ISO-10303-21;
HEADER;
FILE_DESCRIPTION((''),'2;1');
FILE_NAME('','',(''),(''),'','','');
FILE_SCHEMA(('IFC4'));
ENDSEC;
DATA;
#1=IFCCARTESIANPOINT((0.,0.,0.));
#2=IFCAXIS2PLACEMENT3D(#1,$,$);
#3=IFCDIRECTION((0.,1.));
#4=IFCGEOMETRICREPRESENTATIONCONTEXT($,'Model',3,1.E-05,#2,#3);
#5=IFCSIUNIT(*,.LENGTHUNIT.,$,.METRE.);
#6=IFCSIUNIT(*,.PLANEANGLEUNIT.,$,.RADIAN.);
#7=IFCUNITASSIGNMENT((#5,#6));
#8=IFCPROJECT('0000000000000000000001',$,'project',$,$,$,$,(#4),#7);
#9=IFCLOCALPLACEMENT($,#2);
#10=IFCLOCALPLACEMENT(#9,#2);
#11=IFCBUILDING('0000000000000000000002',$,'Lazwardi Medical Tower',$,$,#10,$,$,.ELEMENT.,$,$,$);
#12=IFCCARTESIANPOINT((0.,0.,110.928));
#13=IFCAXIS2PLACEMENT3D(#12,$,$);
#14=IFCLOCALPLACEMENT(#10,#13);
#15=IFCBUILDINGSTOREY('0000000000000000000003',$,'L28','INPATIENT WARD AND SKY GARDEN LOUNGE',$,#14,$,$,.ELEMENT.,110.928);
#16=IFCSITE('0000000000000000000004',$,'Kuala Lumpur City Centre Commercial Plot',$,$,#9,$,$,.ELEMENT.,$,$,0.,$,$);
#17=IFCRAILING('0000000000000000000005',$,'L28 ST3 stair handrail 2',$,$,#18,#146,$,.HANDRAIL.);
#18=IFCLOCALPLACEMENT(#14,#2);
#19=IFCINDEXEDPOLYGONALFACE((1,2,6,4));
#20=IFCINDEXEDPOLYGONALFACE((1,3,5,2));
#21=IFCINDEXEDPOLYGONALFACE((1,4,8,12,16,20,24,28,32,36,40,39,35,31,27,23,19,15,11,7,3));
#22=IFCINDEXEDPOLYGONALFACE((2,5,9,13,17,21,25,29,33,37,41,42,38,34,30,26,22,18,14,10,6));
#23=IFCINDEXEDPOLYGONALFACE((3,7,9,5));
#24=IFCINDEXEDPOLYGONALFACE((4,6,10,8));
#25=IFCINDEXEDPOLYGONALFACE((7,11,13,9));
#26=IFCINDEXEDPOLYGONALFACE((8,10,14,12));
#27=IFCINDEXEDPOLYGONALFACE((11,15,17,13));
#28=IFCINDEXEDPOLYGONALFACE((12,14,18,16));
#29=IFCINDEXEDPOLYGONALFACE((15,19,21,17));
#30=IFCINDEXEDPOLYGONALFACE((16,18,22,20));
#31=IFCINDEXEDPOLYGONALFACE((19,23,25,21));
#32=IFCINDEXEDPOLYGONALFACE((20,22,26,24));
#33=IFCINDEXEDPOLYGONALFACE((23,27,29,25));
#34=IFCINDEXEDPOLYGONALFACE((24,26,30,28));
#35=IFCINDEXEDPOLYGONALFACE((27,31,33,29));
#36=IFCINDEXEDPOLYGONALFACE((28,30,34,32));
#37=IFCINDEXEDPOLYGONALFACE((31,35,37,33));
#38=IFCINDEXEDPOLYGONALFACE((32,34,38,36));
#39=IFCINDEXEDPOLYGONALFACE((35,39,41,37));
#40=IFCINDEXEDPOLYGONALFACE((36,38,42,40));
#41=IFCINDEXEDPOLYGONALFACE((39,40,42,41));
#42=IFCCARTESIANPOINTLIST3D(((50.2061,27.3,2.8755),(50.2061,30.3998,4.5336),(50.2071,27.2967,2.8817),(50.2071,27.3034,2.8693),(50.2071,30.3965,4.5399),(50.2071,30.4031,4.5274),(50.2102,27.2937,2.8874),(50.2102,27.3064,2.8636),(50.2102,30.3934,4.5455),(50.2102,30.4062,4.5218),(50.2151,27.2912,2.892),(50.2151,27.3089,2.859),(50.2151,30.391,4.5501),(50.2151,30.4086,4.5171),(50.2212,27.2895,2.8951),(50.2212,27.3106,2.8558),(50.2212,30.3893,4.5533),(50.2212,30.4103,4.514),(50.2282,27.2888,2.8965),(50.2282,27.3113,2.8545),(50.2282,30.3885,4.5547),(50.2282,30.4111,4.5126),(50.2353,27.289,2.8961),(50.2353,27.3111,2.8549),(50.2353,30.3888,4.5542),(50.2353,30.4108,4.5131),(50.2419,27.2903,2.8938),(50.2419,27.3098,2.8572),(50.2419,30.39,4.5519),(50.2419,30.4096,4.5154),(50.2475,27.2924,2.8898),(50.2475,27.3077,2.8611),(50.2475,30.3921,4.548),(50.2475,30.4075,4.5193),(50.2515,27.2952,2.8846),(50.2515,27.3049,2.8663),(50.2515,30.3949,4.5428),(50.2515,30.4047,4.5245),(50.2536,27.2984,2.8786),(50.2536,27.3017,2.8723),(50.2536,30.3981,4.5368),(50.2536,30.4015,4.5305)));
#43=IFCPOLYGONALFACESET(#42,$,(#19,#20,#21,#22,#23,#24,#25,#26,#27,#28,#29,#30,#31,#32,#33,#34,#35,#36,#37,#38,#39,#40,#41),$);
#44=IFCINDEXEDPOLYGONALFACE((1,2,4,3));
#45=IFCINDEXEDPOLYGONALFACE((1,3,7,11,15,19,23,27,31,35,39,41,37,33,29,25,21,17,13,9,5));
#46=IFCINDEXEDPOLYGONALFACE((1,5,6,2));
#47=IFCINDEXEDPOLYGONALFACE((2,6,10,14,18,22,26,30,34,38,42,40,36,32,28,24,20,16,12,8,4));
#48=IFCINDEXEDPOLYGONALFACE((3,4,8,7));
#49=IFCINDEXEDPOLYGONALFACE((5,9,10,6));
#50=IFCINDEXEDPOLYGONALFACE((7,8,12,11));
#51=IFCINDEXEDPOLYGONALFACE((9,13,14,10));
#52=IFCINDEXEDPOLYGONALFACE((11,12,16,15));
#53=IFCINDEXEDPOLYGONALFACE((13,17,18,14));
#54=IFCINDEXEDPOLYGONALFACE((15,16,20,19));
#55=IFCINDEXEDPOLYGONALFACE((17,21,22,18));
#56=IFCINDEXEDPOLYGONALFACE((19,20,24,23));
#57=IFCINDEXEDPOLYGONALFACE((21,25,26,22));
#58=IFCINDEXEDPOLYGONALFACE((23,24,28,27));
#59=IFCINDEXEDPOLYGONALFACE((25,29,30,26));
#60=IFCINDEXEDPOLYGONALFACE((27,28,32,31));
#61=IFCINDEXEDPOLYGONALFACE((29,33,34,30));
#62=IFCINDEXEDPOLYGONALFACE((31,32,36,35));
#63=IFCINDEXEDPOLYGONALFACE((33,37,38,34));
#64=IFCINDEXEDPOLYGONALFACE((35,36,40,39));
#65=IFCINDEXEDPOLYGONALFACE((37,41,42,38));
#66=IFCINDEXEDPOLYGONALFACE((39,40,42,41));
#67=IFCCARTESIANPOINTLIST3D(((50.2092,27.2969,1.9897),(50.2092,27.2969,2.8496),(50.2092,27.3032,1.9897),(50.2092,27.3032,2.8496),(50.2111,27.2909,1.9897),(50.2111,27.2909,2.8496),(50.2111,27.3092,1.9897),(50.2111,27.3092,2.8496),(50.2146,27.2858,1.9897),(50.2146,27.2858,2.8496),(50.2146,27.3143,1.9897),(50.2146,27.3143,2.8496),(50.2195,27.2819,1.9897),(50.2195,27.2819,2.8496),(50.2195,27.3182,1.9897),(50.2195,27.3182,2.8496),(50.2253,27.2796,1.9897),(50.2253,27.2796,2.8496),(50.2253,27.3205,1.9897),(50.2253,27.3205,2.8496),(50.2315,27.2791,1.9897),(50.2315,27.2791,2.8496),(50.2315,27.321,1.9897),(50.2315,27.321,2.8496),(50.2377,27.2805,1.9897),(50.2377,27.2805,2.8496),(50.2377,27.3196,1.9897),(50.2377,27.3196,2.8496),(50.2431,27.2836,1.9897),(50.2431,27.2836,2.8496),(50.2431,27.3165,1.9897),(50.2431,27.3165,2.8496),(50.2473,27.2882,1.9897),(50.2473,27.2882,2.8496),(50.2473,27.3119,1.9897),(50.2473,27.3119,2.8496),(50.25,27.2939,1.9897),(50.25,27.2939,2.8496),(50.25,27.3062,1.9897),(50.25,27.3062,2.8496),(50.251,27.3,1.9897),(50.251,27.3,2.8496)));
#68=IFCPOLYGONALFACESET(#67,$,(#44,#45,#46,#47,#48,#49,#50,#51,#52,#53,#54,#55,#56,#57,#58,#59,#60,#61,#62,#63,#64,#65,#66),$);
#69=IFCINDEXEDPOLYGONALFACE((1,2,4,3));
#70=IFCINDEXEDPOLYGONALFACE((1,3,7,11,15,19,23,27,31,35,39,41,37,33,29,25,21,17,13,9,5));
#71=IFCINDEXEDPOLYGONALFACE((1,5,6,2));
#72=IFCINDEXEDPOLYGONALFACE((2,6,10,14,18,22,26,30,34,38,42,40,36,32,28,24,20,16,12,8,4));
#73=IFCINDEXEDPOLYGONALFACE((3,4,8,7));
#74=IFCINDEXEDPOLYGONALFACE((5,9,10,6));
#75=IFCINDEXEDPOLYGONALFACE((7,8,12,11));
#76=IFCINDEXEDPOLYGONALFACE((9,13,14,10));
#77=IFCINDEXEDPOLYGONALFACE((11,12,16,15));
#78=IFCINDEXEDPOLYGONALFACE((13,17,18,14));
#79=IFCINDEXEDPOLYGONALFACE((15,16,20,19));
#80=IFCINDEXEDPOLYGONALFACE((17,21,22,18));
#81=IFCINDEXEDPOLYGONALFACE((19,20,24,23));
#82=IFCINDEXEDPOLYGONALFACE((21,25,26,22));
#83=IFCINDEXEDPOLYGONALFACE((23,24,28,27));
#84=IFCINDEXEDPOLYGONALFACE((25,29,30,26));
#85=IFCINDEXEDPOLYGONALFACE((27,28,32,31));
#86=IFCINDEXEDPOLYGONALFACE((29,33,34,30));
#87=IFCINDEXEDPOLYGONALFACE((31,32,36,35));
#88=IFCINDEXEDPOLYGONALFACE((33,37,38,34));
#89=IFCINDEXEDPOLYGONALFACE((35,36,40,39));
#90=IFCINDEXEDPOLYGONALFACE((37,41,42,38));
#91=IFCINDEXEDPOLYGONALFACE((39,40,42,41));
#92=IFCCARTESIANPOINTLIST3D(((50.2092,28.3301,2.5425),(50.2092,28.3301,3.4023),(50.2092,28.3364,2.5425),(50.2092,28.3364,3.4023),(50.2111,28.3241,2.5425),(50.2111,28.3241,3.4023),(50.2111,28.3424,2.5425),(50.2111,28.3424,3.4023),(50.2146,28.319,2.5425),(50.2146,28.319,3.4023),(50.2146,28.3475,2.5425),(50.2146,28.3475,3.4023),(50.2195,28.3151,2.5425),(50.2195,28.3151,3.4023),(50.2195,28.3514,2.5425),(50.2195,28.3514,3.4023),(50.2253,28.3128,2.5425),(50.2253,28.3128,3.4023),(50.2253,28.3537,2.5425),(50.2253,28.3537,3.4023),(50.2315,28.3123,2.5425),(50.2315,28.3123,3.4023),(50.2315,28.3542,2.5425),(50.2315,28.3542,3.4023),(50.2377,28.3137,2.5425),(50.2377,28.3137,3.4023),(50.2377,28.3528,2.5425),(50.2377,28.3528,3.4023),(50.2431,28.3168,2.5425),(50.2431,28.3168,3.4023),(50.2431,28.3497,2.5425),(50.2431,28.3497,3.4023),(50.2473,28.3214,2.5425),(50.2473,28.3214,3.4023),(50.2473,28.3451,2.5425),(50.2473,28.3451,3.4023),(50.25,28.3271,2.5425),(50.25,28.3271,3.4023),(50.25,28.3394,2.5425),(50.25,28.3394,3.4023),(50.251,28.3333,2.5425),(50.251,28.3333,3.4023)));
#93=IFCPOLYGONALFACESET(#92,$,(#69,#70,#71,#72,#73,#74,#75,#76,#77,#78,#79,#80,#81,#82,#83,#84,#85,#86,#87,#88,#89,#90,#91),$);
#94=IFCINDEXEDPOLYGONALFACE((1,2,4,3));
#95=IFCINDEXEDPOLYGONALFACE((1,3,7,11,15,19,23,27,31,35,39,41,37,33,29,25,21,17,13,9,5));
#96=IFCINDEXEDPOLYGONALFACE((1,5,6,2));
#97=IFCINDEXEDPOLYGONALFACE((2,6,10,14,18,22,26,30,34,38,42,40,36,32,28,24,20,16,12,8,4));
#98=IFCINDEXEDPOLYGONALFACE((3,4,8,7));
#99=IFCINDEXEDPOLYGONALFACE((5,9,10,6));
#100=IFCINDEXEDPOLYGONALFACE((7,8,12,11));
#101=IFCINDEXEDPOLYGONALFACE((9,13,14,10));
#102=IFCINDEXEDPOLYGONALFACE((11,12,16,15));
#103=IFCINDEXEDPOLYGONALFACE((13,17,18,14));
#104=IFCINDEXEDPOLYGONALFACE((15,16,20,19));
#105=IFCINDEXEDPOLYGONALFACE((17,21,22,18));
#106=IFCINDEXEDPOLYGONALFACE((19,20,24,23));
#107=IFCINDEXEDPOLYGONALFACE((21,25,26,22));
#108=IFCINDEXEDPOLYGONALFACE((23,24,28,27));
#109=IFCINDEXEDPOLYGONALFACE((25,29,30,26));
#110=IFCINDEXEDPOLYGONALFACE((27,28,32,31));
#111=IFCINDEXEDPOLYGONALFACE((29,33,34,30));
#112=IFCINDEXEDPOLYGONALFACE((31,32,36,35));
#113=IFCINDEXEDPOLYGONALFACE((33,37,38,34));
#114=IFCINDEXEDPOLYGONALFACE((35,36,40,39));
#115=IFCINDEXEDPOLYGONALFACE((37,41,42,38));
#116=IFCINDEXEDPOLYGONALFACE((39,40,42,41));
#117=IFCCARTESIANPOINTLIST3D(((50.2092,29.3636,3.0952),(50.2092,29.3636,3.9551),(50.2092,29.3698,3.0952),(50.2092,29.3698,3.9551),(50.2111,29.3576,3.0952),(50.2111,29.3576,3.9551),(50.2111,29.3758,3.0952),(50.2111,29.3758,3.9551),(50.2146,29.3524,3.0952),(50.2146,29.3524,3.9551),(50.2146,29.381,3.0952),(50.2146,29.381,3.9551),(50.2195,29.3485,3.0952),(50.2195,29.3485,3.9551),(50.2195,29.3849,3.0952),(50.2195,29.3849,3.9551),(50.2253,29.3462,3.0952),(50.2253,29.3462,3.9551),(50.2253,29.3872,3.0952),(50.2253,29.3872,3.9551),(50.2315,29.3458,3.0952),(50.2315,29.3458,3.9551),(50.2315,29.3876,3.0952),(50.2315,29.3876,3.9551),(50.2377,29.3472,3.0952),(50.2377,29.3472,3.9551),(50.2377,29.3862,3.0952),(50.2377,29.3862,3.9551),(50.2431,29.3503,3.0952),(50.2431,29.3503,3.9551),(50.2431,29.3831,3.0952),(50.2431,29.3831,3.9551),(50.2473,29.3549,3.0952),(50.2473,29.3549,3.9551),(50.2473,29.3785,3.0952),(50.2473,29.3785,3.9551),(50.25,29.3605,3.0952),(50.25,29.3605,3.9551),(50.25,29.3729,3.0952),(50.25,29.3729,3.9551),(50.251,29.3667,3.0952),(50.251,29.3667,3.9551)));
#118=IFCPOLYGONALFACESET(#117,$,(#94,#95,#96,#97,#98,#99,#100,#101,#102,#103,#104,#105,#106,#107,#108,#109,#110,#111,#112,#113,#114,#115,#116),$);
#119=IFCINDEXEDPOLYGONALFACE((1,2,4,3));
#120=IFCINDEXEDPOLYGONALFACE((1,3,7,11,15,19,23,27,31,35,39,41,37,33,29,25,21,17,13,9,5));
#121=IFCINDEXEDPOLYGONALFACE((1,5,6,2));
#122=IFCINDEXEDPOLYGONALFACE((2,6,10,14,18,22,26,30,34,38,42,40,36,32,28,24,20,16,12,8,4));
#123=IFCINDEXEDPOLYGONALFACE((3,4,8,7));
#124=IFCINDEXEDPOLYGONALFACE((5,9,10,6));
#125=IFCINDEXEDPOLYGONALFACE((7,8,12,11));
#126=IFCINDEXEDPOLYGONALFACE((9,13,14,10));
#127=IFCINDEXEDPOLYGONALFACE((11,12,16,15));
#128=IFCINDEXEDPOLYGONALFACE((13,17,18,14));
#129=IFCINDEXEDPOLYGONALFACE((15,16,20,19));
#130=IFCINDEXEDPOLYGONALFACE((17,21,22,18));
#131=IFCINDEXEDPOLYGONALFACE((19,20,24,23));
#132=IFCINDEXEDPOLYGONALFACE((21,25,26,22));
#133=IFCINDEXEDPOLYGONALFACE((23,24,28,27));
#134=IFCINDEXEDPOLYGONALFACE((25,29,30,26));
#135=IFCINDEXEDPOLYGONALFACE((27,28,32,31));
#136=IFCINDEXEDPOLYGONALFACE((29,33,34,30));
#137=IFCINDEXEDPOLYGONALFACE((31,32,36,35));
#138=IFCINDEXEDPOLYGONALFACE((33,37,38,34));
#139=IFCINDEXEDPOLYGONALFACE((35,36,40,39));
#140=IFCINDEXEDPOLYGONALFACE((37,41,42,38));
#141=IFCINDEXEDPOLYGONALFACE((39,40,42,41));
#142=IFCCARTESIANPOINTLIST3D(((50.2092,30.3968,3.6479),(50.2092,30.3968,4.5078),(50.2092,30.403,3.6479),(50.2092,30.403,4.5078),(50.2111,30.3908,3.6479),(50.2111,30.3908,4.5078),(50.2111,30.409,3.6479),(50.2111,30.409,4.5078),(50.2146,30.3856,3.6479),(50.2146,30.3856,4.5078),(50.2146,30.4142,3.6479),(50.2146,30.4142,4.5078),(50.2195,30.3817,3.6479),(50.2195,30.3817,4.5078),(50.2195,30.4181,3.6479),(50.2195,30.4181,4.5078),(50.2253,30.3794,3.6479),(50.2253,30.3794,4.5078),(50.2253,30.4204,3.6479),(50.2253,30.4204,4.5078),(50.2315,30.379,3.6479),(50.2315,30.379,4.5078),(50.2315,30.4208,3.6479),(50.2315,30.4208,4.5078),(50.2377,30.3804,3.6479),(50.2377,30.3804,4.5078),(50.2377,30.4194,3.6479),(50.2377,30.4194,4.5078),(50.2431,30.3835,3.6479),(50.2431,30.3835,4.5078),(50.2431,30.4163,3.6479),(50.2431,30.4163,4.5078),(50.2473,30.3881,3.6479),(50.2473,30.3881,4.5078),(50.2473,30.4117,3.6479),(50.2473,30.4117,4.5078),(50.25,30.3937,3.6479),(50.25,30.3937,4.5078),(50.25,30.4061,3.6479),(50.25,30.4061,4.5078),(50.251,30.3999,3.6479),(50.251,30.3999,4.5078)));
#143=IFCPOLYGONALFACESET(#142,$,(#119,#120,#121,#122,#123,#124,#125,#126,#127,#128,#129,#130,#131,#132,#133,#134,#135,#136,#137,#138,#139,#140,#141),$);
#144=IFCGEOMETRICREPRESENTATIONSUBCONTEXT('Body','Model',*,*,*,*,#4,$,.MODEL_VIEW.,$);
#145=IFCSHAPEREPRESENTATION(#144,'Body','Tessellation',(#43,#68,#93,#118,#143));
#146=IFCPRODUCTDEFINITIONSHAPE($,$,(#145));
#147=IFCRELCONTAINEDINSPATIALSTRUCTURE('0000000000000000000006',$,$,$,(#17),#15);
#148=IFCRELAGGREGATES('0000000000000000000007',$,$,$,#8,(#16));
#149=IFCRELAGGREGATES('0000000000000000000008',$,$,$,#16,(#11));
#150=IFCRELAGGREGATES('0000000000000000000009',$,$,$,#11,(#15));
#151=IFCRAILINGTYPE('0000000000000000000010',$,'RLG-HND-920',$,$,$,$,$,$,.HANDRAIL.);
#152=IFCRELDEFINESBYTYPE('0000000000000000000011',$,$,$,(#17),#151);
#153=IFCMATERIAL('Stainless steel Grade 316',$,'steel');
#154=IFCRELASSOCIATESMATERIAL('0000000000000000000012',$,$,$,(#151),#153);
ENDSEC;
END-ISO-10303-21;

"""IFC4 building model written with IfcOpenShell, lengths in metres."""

from ifc_helpers import new_model, si_unit, direction, frame, origin, origin_2d, place, context, subcontext, project, spatial, circle, extrude, material, type_object, element, save


model = new_model("IFC4")

# Units and contexts
model_context = context("Model", 3, precision=1e-05, world=origin(), true_north=direction((0.0, 1.0)))
body_context = subcontext(model_context, "Body", "Model", "MODEL_VIEW")
ifc_project = project(units=[si_unit("LENGTHUNIT", "METRE"), si_unit("PLANEANGLEUNIT", "RADIAN")], contexts=[model_context])

# Site, building, storey
site_placement = place(None, origin())
site = spatial("IfcSite", under=ifc_project, at=site_placement, Name="Kuala Lumpur City Centre Commercial Plot", CompositionType="ELEMENT", RefElevation=0.0)
building_placement = place(site_placement, origin())
building = spatial("IfcBuilding", under=site, at=building_placement, Name="Lazwardi Medical Tower", CompositionType="ELEMENT")
storey_placement = place(building_placement, frame((0.0, 0.0, 110.928)))
storey = spatial("IfcBuildingStorey", under=building, at=storey_placement, Name="L28", Description="INPATIENT WARD AND SKY GARDEN LOUNGE", CompositionType="ELEMENT", Elevation=110.928)

# Railing
ifc_material_1 = material(Name="Stainless steel Grade 316", Category="steel")
railing_type_1 = type_object("IfcRailingType", Name="RLG-HND-920", PredefinedType="HANDRAIL", material=ifc_material_1)
railing_1_placement = place(storey_placement, frame((50.23, 27.3, 1.9897)))
element("IfcRailing", 1, at=railing_1_placement, inside=storey, type_object=railing_type_1, Name="L28 ST3 stair handrail 2", PredefinedType="HANDRAIL", context=body_context, shape_type="SweptSolid", body=[
    extrude(circle(Radius=0.0239, at=origin_2d()), frame((0.0, 0.0, 0.8857), z_axis=(0.0, 0.881768, 0.471684), x_axis=(-1.0, 0.0, 0.0)), (0.0, 0.0, 1.0), 3.5154),
    extrude(circle(Radius=0.021, at=origin_2d()), origin(), (0.0, 0.0, 1.0), 0.8599),
    extrude(circle(Radius=0.021, at=origin_2d()), frame((0.0, 1.0332, 0.5527)), (0.0, 0.0, 1.0), 0.8599),
    extrude(circle(Radius=0.021, at=origin_2d()), frame((0.0, 2.0667, 1.1055)), (0.0, 0.0, 1.0), 0.8599),
    extrude(circle(Radius=0.021, at=origin_2d()), frame((0.0, 3.0999, 1.6582)), (0.0, 0.0, 1.0), 0.8599),
])

save(model, "model.ifc")
